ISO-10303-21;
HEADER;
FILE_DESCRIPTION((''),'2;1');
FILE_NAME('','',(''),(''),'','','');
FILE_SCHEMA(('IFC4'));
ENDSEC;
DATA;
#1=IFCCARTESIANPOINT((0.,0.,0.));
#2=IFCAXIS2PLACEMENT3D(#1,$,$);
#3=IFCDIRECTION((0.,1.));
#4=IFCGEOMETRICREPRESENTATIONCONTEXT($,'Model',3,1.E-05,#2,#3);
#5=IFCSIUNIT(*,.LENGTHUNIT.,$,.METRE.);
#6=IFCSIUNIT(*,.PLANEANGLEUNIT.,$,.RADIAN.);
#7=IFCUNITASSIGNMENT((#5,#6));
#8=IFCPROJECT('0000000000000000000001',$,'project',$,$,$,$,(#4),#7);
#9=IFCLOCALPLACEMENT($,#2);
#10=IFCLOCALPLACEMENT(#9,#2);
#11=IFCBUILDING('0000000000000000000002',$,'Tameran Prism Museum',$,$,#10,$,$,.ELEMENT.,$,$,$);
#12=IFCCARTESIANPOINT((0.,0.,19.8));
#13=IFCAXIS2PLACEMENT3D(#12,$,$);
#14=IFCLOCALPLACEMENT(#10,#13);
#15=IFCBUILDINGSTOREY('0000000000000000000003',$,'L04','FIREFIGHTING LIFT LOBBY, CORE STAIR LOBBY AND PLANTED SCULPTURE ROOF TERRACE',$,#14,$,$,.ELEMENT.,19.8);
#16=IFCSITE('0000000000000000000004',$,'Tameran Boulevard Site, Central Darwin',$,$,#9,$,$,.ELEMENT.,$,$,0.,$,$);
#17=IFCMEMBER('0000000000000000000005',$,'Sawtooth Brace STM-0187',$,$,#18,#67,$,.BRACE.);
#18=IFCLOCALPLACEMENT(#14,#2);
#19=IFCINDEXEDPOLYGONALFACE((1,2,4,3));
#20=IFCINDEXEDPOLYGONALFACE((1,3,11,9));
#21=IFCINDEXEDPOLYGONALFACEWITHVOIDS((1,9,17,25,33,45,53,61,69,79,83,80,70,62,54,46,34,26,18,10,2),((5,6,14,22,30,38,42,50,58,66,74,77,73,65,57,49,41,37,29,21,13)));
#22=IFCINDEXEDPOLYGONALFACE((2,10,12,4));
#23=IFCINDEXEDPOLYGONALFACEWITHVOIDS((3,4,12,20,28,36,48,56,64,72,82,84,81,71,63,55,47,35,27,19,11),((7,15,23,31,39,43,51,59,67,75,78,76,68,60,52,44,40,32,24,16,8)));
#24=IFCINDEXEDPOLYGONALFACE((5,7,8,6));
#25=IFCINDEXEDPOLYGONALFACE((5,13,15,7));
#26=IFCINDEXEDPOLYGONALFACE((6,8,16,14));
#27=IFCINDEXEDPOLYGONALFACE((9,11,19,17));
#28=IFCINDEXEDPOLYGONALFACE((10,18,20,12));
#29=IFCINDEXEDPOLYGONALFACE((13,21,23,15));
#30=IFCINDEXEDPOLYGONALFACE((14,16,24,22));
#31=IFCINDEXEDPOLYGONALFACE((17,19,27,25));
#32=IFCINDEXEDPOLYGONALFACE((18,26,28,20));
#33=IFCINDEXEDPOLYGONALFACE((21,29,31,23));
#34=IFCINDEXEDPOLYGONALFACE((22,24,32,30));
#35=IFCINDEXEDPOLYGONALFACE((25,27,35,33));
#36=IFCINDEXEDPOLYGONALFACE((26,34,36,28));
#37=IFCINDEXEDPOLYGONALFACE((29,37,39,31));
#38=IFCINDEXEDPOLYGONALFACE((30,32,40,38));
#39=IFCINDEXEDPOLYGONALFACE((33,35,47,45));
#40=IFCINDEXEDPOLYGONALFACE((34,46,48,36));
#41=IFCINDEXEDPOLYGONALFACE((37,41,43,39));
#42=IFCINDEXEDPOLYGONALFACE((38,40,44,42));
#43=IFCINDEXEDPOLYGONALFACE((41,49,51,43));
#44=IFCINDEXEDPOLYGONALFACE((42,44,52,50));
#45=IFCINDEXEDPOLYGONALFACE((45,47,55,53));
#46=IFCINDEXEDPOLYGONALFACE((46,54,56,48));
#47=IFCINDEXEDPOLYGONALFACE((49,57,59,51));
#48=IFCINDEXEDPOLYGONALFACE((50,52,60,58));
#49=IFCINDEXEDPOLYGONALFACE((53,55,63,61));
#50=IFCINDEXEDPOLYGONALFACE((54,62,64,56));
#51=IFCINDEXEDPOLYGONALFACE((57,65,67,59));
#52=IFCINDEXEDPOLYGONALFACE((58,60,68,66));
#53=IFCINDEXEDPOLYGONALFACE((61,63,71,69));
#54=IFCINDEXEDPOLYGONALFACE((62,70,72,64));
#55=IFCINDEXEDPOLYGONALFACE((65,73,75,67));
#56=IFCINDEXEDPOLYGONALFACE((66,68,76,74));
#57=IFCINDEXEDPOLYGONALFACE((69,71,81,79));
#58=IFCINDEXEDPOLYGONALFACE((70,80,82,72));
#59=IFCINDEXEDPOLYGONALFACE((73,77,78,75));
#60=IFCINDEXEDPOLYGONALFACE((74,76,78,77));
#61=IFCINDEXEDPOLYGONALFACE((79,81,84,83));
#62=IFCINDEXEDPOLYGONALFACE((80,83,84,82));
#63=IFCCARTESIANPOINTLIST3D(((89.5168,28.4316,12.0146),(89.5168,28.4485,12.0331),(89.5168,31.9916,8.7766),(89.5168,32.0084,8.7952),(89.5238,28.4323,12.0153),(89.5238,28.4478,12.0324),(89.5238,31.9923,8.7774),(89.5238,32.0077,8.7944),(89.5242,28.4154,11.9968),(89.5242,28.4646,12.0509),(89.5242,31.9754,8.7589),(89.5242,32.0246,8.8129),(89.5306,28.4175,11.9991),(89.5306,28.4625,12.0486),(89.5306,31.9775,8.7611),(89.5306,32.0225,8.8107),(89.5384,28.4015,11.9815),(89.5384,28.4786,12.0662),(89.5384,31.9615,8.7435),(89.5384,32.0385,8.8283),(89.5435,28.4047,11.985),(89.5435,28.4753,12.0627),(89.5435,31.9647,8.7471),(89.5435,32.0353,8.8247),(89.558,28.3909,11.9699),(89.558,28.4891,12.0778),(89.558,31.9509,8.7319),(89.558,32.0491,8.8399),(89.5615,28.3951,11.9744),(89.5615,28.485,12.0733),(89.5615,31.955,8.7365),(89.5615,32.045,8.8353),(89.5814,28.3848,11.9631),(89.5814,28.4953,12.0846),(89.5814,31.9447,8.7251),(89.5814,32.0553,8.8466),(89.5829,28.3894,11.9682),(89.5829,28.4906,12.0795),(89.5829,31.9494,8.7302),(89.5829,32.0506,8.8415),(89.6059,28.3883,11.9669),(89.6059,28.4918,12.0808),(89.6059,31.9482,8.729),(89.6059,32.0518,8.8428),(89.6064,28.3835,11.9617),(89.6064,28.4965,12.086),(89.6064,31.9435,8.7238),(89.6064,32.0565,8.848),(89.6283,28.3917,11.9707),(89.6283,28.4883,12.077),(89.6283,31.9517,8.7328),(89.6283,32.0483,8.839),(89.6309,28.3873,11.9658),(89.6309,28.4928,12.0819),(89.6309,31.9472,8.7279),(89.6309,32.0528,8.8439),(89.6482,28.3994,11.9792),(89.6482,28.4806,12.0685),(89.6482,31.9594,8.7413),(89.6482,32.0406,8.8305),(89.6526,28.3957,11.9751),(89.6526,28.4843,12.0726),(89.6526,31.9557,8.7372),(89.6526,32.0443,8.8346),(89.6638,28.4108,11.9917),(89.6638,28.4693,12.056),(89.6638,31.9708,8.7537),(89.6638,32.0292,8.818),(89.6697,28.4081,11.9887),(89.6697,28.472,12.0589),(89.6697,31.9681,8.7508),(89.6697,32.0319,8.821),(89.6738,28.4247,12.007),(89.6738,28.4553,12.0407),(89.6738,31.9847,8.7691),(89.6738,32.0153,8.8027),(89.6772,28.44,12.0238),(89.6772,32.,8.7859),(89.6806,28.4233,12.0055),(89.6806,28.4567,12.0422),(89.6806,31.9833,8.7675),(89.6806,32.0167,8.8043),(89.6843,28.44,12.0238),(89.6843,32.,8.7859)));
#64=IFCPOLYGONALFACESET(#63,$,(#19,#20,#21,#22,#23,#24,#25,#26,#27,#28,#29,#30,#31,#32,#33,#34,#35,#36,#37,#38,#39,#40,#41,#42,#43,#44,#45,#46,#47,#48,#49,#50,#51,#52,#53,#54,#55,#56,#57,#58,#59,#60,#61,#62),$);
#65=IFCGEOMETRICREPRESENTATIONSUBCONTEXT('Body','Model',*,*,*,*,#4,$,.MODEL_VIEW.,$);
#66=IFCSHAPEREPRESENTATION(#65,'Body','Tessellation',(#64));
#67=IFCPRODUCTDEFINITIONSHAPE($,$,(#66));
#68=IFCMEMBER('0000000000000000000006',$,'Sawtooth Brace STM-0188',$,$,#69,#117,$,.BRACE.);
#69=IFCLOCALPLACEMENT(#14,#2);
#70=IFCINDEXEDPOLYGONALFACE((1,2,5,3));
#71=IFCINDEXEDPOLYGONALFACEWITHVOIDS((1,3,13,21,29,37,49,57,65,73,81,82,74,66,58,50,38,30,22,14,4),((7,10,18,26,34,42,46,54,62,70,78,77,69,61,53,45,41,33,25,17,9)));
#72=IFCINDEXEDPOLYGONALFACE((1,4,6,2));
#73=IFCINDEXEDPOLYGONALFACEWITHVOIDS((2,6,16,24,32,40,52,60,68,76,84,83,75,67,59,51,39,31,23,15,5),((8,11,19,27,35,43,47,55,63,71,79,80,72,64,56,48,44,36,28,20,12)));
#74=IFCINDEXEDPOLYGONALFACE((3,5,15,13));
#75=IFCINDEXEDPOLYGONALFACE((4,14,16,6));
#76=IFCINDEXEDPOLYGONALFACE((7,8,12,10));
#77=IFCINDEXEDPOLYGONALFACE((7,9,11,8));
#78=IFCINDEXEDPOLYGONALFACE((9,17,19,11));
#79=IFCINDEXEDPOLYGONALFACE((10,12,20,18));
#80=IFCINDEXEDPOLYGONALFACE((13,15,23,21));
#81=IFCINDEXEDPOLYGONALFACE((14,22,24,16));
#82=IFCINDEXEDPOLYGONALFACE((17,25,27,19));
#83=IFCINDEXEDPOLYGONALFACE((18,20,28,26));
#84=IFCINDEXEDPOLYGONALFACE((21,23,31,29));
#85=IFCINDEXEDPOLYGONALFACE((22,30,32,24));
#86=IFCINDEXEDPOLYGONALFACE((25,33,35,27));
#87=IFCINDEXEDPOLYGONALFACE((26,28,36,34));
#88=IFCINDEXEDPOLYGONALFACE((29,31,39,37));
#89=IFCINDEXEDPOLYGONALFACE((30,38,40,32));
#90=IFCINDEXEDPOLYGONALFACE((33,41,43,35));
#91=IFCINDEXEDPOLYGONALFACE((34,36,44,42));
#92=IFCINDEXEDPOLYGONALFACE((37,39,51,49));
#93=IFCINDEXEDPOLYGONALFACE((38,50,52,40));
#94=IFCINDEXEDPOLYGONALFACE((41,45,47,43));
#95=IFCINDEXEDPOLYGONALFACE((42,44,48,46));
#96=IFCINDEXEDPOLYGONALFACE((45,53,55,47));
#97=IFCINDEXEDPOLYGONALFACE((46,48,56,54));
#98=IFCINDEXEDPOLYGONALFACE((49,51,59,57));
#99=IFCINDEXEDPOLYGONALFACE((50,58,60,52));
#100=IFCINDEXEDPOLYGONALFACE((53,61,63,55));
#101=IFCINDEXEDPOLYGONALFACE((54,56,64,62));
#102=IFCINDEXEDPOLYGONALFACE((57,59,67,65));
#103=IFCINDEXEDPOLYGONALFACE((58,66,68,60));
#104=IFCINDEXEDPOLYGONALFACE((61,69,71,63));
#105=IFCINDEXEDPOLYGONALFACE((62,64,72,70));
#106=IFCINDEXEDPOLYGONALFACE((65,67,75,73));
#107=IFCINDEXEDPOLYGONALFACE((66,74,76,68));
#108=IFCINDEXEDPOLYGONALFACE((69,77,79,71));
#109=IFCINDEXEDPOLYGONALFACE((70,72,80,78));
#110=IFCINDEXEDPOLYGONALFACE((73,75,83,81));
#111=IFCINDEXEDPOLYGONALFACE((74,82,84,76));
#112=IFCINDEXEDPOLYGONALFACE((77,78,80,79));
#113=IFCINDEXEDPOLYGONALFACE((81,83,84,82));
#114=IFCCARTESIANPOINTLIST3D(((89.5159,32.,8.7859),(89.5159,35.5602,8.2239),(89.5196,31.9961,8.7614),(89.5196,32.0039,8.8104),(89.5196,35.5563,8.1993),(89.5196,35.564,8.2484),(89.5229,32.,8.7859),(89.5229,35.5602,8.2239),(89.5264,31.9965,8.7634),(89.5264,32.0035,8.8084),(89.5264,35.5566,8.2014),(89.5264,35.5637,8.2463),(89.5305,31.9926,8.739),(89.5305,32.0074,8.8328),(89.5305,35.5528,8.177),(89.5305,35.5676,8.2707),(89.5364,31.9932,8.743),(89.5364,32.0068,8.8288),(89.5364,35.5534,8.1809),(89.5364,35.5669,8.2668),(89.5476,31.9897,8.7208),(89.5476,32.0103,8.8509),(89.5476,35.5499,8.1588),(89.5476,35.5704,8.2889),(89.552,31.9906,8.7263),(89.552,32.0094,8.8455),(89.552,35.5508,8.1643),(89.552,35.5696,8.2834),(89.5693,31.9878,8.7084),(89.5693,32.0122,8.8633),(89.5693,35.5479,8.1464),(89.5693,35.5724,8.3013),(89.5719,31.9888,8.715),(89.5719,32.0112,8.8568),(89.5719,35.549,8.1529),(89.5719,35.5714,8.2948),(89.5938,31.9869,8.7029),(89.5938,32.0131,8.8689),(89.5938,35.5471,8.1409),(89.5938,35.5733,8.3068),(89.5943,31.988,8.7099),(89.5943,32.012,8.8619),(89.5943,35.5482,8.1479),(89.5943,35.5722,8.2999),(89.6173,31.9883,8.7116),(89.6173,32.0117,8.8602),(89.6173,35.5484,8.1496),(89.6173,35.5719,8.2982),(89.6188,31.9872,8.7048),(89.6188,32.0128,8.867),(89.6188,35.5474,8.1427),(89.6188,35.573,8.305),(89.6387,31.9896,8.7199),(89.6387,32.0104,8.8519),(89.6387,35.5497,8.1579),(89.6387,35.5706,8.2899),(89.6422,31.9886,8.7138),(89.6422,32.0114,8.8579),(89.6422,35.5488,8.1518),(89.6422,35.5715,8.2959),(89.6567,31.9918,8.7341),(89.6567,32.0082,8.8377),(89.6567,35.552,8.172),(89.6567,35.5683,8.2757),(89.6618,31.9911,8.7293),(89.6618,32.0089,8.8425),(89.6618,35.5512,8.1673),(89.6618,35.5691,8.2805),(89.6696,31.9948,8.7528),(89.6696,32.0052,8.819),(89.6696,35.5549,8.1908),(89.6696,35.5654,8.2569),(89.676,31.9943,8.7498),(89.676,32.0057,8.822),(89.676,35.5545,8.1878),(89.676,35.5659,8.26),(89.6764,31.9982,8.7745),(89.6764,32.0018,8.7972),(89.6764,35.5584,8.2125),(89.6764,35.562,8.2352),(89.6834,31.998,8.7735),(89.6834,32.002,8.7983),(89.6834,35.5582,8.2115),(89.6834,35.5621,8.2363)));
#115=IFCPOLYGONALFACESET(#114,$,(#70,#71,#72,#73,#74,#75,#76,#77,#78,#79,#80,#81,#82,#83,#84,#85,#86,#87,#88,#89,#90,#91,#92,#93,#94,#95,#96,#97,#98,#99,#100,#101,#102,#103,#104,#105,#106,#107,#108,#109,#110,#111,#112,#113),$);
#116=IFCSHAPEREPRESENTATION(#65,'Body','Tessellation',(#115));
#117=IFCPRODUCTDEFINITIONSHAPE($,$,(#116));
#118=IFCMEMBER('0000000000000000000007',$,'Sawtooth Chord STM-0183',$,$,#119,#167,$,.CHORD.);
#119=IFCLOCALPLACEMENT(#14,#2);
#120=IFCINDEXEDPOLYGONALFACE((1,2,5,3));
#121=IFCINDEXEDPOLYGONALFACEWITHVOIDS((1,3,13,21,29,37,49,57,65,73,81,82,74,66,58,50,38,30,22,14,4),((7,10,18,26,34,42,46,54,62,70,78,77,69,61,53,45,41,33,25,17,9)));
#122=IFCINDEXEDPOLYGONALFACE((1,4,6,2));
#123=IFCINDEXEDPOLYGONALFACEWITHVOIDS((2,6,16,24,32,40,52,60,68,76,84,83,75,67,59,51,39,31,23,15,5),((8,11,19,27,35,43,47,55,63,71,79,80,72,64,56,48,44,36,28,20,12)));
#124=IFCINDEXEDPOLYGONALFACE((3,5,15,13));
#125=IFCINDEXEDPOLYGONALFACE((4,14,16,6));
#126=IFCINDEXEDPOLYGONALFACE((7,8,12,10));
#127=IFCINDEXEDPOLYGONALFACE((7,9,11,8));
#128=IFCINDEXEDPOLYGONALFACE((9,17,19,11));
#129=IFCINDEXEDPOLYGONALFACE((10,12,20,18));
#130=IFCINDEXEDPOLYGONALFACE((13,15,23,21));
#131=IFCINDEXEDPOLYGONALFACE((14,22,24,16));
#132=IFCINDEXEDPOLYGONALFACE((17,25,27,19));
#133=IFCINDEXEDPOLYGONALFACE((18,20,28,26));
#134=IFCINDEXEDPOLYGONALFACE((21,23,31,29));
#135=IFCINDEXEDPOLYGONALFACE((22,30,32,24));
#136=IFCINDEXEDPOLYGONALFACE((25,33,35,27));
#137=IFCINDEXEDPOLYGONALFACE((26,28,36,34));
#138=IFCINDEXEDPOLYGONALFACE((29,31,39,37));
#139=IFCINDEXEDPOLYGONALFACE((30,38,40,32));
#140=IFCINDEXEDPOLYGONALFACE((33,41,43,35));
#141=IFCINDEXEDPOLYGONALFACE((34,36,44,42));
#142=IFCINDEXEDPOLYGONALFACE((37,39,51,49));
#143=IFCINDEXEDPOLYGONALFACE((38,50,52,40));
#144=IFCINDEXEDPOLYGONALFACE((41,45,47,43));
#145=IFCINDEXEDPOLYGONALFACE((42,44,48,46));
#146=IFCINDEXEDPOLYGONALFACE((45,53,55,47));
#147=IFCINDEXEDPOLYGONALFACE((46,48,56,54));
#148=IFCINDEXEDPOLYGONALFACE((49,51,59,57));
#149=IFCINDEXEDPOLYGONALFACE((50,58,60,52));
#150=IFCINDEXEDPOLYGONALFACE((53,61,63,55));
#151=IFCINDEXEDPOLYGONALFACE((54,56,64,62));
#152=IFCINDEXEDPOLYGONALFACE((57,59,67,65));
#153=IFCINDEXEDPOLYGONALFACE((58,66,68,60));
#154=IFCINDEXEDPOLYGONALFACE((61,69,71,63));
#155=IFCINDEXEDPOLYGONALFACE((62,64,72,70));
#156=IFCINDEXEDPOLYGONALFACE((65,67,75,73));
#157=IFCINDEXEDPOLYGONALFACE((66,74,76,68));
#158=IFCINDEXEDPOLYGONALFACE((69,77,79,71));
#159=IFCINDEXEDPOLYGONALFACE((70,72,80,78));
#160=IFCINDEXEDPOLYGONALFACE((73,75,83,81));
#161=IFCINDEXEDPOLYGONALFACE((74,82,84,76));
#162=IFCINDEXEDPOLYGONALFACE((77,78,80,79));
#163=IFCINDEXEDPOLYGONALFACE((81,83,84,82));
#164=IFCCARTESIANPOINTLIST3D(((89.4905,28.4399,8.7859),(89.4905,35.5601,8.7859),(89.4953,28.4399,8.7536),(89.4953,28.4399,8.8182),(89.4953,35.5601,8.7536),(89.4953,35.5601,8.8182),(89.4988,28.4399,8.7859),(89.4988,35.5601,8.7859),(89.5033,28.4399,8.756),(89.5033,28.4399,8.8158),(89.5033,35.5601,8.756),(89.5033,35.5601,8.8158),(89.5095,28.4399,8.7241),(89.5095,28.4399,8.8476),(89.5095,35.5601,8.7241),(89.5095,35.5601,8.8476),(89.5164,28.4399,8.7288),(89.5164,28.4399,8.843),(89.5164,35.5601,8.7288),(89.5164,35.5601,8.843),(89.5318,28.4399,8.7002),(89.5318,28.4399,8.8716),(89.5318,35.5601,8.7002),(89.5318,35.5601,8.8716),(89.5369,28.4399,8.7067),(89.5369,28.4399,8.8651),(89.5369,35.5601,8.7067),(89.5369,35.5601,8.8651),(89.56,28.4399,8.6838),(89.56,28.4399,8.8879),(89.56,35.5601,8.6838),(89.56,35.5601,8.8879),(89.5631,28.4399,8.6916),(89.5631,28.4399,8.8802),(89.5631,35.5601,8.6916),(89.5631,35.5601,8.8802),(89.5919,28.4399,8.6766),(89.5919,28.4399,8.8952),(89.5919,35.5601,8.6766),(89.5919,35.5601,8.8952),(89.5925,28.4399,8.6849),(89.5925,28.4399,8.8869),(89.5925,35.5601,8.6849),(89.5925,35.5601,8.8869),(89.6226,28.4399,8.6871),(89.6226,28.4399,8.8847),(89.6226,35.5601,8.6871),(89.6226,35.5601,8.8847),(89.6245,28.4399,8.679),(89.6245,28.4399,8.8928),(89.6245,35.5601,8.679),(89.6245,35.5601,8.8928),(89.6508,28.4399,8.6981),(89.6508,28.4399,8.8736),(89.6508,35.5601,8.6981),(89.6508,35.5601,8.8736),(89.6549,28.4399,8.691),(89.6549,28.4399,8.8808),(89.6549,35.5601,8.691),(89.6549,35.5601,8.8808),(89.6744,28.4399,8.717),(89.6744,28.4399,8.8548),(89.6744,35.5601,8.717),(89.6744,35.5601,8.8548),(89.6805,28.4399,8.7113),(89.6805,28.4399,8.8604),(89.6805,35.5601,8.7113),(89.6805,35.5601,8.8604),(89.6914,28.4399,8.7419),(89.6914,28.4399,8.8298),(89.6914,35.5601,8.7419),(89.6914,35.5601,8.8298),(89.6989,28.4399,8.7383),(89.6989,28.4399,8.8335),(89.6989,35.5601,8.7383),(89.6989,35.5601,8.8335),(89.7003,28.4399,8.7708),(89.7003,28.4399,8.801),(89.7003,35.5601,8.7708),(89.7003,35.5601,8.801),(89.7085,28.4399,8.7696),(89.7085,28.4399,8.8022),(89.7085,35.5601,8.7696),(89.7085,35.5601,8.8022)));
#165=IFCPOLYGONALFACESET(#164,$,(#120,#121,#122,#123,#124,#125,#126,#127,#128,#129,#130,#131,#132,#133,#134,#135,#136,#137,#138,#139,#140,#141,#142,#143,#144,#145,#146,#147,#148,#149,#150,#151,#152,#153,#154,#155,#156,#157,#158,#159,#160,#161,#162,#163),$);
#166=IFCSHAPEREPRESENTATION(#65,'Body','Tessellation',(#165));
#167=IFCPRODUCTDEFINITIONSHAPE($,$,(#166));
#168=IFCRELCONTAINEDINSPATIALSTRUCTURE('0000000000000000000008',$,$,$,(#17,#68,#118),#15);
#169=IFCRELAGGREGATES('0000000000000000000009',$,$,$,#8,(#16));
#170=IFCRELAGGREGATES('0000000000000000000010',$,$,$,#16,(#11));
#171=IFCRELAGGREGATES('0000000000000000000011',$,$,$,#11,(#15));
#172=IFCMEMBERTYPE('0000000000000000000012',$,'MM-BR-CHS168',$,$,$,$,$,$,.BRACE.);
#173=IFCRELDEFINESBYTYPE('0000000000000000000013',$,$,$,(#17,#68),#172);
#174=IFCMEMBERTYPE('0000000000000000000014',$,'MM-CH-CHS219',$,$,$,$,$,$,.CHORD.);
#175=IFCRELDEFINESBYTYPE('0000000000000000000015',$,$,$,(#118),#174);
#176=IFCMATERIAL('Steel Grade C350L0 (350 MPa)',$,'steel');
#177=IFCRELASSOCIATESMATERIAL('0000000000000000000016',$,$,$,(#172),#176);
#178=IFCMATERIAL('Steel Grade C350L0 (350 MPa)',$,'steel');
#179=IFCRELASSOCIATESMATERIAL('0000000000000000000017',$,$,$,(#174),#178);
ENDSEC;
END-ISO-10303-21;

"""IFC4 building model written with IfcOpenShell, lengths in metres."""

from ifc_helpers import new_model, si_unit, direction, frame, origin, origin_2d, place, context, subcontext, project, spatial, hollow_circle, extrude, material, material_profile, profile_set, type_object, element, save


model = new_model("IFC4")

# Units and contexts
model_context = context("Model", 3, precision=1e-05, world=origin(), true_north=direction((0.0, 1.0)))
body_context = subcontext(model_context, "Body", "Model", "MODEL_VIEW")
ifc_project = project(units=[si_unit("LENGTHUNIT", "METRE"), si_unit("PLANEANGLEUNIT", "RADIAN")], contexts=[model_context])

# Site, building, storey
site_placement = place(None, origin())
site = spatial("IfcSite", under=ifc_project, at=site_placement, Name="Tameran Boulevard Site, Central Darwin", CompositionType="ELEMENT", RefElevation=0.0)
building_placement = place(site_placement, origin())
building = spatial("IfcBuilding", under=site, at=building_placement, Name="Tameran Prism Museum", CompositionType="ELEMENT")
storey_placement = place(building_placement, frame((0.0, 0.0, 19.8)))
storey = spatial("IfcBuildingStorey", under=building, at=storey_placement, Name="L04", Description="FIREFIGHTING LIFT LOBBY, CORE STAIR LOBBY AND PLANTED SCULPTURE ROOF TERRACE", CompositionType="ELEMENT", Elevation=19.8)

# Members
ifc_material_1 = material(Name="Steel Grade C350L0 (350 MPa)", Category="steel")
ifc_material_profile_1 = material_profile(ifc_material_1, hollow_circle(Radius=0.0842, WallThickness=0.0071, at=origin_2d()))
ifc_profile_set_1 = profile_set([ifc_material_profile_1])
member_type_1 = type_object("IfcMemberType", Name="MM-BR-CHS168", PredefinedType="BRACE", material=ifc_profile_set_1)
member_1_placement = place(storey_placement, frame((89.6001, 32.0, 8.7859), z_axis=(0.0, -0.739772, 0.672857), x_axis=(1.0, 0.0, 0.0)))
element("IfcMember", 1, at=member_1_placement, inside=storey, type_object=member_type_1, Name="Sawtooth Brace STM-0187", PredefinedType="BRACE", context=body_context, shape_type="SweptSolid", body=[
    extrude(hollow_circle(Radius=0.0842, WallThickness=0.0071, at=origin_2d()), origin(), (0.0, 0.0, 1.0), 4.8123),
])
member_2_placement = place(storey_placement, frame((89.6001, 32.0, 8.7859), z_axis=(0.0, 0.987767, -0.155935), x_axis=(-1.0, 0.0, 0.0)))
element("IfcMember", 2, at=member_2_placement, inside=storey, type_object=member_type_1, Name="Sawtooth Brace STM-0188", PredefinedType="BRACE", context=body_context, shape_type="SweptSolid", body=[
    extrude(hollow_circle(Radius=0.0842, WallThickness=0.0071, at=origin_2d()), origin(), (0.0, 0.0, 1.0), 3.6042),
])
ifc_material_2 = material(Name="Steel Grade C350L0 (350 MPa)", Category="steel")
ifc_material_profile_2 = material_profile(ifc_material_2, hollow_circle(Radius=0.1096, WallThickness=0.0083, at=origin_2d()))
ifc_profile_set_2 = profile_set([ifc_material_profile_2])
member_type_2 = type_object("IfcMemberType", Name="MM-CH-CHS219", PredefinedType="CHORD", material=ifc_profile_set_2)
member_3_placement = place(storey_placement, frame((89.6001, 28.4399, 8.7859), z_axis=(0.0, 1.0, 0.0), x_axis=(-1.0, 0.0, 0.0)))
element("IfcMember", 3, at=member_3_placement, inside=storey, type_object=member_type_2, Name="Sawtooth Chord STM-0183", PredefinedType="CHORD", context=body_context, shape_type="SweptSolid", body=[
    extrude(hollow_circle(Radius=0.1096, WallThickness=0.0083, at=origin_2d()), origin(), (0.0, 0.0, 1.0), 7.1201),
])

save(model, "model.ifc")
